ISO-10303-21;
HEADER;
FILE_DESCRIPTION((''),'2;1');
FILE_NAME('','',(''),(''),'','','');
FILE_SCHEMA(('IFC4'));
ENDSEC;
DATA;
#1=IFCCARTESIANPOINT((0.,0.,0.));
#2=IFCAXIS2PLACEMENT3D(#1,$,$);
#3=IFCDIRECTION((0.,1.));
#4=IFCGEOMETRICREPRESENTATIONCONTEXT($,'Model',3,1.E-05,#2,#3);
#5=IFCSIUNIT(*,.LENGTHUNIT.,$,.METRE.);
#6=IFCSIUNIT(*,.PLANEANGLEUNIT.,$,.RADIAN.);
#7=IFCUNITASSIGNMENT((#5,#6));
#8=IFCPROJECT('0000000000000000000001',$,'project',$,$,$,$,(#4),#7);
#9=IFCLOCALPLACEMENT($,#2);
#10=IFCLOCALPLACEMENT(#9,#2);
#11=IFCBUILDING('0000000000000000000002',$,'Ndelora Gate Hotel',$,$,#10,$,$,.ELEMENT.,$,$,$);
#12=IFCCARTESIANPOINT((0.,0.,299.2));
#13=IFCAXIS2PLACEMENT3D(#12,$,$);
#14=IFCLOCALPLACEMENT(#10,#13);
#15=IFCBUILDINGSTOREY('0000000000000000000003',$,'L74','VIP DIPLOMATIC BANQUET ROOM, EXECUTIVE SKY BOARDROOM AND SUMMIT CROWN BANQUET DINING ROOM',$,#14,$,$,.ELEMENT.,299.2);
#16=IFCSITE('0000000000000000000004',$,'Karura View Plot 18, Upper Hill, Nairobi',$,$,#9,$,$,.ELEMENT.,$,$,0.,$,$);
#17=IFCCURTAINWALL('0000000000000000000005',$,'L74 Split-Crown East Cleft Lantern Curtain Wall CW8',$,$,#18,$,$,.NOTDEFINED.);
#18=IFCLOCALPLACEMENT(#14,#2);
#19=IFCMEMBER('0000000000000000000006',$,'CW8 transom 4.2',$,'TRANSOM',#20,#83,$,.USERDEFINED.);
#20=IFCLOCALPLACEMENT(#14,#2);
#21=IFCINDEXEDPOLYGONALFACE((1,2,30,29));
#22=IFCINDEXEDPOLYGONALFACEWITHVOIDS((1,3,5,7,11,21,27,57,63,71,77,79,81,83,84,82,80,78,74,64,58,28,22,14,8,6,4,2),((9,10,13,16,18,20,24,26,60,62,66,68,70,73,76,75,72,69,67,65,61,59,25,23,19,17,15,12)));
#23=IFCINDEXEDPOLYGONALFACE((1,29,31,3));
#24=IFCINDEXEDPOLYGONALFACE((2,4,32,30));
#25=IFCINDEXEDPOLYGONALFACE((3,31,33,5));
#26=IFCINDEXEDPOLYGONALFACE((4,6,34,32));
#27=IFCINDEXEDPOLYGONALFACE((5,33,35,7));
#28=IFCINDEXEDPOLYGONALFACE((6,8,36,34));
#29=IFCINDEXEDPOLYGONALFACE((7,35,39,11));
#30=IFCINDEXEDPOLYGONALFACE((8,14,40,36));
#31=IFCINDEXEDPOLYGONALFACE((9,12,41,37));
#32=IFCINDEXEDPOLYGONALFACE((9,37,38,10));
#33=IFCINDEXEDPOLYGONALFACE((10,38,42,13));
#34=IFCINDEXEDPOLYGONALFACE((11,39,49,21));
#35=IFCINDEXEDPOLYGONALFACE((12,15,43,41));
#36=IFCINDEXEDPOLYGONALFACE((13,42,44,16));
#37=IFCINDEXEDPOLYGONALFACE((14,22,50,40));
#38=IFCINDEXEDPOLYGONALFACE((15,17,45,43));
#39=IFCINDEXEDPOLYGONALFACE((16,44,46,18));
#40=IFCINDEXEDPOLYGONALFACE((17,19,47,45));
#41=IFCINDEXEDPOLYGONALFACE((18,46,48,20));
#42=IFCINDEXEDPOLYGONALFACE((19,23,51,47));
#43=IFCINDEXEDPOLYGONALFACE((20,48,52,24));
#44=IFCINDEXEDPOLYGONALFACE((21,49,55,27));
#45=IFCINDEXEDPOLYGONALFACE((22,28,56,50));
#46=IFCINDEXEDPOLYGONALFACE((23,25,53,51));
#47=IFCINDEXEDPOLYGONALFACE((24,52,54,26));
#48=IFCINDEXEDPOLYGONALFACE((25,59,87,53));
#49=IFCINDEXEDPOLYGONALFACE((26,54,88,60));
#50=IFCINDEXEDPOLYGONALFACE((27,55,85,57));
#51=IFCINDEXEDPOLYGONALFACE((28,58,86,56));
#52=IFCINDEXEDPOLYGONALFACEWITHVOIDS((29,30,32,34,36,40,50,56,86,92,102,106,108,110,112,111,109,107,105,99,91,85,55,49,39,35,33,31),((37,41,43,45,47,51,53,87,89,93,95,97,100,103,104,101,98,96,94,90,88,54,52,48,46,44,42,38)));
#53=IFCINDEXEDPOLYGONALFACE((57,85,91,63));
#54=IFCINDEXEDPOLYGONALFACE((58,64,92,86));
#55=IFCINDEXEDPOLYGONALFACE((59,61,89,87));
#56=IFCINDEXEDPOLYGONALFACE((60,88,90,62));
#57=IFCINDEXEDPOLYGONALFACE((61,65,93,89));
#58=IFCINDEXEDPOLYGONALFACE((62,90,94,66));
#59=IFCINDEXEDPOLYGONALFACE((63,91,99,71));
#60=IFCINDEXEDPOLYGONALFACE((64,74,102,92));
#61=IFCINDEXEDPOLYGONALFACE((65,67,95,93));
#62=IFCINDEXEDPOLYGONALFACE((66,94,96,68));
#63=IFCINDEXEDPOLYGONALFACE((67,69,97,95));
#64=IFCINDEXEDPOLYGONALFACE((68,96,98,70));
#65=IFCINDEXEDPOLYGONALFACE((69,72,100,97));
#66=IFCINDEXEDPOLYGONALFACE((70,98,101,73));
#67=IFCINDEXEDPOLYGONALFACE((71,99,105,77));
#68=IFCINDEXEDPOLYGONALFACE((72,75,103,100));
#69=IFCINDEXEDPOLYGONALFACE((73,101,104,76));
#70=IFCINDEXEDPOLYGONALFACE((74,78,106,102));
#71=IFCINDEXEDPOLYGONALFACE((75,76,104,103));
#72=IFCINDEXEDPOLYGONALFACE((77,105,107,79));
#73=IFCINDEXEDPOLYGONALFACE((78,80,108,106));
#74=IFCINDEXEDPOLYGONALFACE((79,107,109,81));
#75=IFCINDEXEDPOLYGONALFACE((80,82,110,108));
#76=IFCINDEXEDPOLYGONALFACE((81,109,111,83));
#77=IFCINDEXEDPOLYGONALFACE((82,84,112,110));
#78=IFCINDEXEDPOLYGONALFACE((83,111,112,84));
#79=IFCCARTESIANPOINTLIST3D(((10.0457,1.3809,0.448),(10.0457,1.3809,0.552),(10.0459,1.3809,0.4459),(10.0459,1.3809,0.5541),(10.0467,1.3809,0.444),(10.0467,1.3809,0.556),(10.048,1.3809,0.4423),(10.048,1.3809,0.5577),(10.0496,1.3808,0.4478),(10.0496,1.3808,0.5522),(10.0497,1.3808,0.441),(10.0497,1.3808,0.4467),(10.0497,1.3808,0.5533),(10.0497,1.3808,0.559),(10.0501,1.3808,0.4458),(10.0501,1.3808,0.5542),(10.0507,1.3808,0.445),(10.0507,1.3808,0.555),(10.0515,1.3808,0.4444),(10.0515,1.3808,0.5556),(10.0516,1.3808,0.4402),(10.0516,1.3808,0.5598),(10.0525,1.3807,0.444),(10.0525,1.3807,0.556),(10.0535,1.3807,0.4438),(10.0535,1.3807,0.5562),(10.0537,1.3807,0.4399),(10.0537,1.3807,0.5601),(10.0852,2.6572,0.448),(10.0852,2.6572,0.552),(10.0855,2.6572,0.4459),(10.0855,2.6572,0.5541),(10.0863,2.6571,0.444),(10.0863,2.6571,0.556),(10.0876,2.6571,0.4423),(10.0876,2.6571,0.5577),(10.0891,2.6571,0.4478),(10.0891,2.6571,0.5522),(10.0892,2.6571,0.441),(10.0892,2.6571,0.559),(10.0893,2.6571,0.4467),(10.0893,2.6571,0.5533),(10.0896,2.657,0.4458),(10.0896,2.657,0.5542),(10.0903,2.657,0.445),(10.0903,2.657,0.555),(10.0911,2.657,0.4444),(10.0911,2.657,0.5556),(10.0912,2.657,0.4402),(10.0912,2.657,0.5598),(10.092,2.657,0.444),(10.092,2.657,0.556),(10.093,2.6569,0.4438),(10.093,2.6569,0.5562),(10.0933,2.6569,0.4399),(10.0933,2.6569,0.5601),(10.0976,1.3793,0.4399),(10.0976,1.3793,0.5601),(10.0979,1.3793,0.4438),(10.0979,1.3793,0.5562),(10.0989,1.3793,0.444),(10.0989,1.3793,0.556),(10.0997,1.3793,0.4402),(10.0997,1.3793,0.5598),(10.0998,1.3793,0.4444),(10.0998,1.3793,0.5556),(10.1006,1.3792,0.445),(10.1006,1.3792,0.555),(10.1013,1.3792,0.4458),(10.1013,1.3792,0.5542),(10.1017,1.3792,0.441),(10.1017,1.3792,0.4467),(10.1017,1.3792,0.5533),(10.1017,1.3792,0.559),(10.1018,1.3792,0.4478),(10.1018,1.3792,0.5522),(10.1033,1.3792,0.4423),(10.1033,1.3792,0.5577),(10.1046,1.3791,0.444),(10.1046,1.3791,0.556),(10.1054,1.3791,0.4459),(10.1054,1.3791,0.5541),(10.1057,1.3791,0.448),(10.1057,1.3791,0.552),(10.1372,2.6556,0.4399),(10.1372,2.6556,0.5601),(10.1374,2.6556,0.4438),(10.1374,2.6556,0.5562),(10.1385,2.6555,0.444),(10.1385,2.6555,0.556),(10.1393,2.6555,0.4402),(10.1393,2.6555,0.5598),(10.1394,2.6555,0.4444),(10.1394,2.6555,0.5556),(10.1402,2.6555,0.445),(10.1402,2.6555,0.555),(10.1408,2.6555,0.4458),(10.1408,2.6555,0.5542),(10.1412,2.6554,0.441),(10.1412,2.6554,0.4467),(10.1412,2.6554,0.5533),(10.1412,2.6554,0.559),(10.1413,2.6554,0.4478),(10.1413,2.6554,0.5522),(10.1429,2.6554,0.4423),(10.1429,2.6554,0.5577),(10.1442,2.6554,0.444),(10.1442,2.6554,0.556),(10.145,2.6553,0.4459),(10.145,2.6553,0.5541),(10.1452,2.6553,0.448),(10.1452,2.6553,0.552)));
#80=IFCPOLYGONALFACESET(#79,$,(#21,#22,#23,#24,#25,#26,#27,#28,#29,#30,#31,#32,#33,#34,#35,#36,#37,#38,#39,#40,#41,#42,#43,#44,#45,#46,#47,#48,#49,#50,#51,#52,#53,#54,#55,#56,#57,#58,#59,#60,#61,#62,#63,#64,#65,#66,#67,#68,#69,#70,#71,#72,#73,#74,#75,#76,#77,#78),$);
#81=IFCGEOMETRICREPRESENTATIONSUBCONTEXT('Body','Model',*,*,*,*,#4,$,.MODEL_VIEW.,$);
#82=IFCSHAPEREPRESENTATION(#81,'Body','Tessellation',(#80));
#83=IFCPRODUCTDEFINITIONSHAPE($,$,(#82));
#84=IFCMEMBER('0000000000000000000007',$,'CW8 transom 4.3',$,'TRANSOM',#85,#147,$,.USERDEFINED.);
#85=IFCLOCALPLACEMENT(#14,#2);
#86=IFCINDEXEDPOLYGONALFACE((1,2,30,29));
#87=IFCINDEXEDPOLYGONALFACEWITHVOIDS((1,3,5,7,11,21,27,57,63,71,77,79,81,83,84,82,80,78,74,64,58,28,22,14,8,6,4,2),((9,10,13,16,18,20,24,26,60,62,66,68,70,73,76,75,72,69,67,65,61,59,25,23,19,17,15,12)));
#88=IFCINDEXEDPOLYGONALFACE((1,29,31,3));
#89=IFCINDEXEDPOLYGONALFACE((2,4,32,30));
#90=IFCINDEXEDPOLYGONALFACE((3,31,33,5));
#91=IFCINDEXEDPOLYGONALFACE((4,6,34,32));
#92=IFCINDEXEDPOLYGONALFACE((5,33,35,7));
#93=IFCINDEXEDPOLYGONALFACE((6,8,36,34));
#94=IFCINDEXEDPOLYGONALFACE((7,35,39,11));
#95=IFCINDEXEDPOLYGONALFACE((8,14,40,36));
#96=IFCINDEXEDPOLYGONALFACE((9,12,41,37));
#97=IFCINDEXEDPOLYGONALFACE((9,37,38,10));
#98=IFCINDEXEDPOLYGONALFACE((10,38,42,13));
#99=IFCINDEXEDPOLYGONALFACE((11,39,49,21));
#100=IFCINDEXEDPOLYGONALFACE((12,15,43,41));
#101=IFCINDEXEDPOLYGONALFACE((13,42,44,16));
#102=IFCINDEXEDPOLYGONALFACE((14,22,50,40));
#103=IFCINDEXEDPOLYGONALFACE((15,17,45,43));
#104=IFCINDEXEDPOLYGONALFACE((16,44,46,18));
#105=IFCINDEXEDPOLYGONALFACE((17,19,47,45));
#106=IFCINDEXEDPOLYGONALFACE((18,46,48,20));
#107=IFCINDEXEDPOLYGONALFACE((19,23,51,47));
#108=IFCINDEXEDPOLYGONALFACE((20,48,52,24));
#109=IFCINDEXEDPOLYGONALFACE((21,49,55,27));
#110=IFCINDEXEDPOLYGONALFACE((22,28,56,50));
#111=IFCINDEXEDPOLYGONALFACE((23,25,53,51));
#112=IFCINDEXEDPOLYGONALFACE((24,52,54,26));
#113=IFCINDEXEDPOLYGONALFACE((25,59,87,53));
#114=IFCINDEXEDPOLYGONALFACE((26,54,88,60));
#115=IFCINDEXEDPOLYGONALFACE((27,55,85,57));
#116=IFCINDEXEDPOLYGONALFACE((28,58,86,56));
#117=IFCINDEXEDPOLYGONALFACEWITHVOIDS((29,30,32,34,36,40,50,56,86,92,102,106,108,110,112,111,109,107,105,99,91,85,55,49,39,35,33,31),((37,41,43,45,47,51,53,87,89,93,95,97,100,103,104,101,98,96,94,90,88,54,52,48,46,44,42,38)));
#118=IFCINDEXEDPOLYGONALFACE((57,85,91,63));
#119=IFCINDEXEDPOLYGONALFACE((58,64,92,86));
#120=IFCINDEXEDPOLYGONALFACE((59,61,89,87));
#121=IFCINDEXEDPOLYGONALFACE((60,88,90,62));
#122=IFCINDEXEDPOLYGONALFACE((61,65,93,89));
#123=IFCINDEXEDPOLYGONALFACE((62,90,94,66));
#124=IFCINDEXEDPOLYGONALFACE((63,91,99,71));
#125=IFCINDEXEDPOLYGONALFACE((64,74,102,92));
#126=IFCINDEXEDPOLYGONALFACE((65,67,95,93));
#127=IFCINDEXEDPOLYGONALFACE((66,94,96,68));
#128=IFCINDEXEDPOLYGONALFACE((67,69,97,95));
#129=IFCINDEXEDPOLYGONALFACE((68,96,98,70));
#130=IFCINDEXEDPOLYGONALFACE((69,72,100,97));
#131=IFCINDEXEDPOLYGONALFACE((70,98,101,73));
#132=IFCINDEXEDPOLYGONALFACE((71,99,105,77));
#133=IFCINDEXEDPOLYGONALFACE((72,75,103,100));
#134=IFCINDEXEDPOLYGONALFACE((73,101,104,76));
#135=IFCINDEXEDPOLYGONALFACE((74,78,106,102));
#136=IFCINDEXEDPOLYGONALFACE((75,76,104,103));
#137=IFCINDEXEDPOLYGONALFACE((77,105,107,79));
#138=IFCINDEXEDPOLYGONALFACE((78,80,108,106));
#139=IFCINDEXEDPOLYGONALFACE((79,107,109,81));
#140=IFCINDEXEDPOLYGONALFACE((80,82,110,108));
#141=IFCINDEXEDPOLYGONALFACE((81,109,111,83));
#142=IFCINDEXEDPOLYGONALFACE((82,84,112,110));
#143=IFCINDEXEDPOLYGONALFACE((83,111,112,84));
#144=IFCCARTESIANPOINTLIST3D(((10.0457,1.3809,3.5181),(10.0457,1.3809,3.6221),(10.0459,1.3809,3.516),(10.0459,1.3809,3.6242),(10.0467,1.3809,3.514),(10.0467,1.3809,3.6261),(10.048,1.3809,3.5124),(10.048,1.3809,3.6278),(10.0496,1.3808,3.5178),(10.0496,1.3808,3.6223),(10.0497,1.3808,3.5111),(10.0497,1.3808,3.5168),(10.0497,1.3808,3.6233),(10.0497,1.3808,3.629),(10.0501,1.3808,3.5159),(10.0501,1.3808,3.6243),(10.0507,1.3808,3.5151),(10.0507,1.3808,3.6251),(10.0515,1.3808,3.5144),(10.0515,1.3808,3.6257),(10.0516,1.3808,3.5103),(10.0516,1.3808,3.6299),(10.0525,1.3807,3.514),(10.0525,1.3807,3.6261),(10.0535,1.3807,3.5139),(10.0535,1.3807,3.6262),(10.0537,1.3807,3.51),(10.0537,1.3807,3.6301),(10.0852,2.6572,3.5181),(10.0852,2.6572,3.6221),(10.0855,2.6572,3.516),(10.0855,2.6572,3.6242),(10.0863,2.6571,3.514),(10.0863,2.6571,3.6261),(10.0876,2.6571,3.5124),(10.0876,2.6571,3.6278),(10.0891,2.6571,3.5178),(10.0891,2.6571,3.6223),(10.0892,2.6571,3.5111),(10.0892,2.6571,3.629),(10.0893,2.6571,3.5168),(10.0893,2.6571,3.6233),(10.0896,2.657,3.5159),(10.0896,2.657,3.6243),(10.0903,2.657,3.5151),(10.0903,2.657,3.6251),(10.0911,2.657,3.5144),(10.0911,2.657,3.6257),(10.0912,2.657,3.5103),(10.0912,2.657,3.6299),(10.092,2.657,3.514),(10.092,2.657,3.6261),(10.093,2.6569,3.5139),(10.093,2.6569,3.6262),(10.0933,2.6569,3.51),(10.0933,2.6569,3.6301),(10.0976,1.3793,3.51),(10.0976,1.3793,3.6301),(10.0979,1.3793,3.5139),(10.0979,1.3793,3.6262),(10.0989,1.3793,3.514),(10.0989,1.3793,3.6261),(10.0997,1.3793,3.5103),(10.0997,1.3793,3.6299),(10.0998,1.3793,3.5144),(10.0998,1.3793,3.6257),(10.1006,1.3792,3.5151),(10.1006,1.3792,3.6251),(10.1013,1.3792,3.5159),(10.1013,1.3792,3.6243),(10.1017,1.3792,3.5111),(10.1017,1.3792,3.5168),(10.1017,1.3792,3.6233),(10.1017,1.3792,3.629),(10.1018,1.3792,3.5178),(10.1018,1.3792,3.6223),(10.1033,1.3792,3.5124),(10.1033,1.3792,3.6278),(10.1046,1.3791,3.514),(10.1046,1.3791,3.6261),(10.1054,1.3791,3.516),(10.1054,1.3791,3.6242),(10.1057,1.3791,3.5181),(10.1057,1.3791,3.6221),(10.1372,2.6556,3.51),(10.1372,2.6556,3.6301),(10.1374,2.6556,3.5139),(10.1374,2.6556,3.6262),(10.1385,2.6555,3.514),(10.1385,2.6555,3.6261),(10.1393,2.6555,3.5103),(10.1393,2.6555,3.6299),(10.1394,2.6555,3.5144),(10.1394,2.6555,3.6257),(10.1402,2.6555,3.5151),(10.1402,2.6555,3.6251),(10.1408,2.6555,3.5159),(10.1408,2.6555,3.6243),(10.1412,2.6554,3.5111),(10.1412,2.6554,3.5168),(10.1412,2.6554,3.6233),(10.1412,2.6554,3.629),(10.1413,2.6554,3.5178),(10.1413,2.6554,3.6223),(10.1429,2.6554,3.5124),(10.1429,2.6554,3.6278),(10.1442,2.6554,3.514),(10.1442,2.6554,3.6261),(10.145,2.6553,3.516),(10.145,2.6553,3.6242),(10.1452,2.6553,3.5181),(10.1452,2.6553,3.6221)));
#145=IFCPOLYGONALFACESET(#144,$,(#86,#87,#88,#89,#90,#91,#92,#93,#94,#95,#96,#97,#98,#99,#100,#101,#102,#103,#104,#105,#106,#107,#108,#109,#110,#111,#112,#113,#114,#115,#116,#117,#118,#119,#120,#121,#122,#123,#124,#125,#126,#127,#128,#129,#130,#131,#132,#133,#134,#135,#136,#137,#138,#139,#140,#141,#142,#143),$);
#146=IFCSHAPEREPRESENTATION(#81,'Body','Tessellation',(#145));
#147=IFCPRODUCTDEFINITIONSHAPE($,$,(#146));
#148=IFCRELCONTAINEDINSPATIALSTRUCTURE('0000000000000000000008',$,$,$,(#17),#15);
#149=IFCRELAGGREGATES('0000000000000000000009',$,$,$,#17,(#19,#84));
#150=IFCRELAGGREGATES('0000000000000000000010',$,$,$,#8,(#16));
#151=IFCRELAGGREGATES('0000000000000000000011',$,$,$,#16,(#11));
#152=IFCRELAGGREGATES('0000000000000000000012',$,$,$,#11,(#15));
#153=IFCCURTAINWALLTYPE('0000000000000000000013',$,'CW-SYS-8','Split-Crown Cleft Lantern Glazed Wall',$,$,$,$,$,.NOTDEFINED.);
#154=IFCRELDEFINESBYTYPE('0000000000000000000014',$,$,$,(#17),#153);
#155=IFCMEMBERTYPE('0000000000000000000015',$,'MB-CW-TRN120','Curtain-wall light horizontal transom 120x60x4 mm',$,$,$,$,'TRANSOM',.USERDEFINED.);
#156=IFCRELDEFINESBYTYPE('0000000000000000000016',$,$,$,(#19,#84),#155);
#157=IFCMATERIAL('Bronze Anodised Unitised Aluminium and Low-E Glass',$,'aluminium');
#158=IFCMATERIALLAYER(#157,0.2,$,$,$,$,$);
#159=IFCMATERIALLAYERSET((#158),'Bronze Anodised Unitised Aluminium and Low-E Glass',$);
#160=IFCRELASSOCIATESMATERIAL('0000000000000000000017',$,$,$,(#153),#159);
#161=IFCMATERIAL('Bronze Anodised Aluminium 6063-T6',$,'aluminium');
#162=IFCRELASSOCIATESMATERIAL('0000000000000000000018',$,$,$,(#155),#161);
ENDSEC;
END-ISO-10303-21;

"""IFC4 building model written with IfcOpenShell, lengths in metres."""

from ifc_helpers import new_model, si_unit, direction, frame, origin, origin_2d, place, context, subcontext, project, spatial, hollow_rectangle, extrude, material, layer, layer_set, material_profile, profile_set, type_object, element, aggregate, save


model = new_model("IFC4")

# Units and contexts
model_context = context("Model", 3, precision=1e-05, world=origin(), true_north=direction((0.0, 1.0)))
body_context = subcontext(model_context, "Body", "Model", "MODEL_VIEW")
ifc_project = project(units=[si_unit("LENGTHUNIT", "METRE"), si_unit("PLANEANGLEUNIT", "RADIAN")], contexts=[model_context])

# Site, building, storey
site_placement = place(None, origin())
site = spatial("IfcSite", under=ifc_project, at=site_placement, Name="Karura View Plot 18, Upper Hill, Nairobi", CompositionType="ELEMENT", RefElevation=0.0)
building_placement = place(site_placement, origin())
building = spatial("IfcBuilding", under=site, at=building_placement, Name="Ndelora Gate Hotel", CompositionType="ELEMENT")
storey_placement = place(building_placement, frame((0.0, 0.0, 299.2)))
storey = spatial("IfcBuildingStorey", under=building, at=storey_placement, Name="L74", Description="VIP DIPLOMATIC BANQUET ROOM, EXECUTIVE SKY BOARDROOM AND SUMMIT CROWN BANQUET DINING ROOM", CompositionType="ELEMENT", Elevation=299.2)

# Curtain wall, members
ifc_material_1 = material(Name="Bronze Anodised Unitised Aluminium and Low-E Glass", Category="aluminium")
ifc_layer_1 = layer(ifc_material_1, 0.2)
ifc_layer_set_1 = layer_set([ifc_layer_1], Name="Bronze Anodised Unitised Aluminium and Low-E Glass")
curtain_wall_type = type_object("IfcCurtainWallType", Name="CW-SYS-8", Description="Split-Crown Cleft Lantern Glazed Wall", PredefinedType="NOTDEFINED", material=ifc_layer_set_1)
curtain_wall_placement = place(storey_placement, origin())
curtain_wall = element("IfcCurtainWall", 1, at=curtain_wall_placement, inside=storey, type_object=curtain_wall_type, Name="L74 Split-Crown East Cleft Lantern Curtain Wall CW8", PredefinedType="NOTDEFINED")
ifc_material_2 = material(Name="Bronze Anodised Aluminium 6063-T6", Category="aluminium")
ifc_material_profile_1 = material_profile(ifc_material_2, hollow_rectangle(XDim=0.0601, YDim=0.1201, WallThickness=0.0039, InnerFilletRadius=0.0039, OuterFilletRadius=0.0081, at=origin_2d()), Name="ALU 120x60x4")
ifc_profile_set_1 = profile_set([ifc_material_profile_1], Name="Bronze Anodised Aluminium 6063-T6")
member_type_1 = type_object("IfcMemberType", Name="MB-CW-TRN120", Description="Curtain-wall light horizontal transom 120x60x4 mm", ElementType="TRANSOM", PredefinedType="USERDEFINED", material=ifc_profile_set_1)
member_1_placement = place(storey_placement, frame((10.1152, 2.6562, 0.5), z_axis=(-0.030978, -0.99952, 0.0), x_axis=(0.99952, -0.030978, 0.0)))
member_1 = element("IfcMember", 2, at=member_1_placement, type_object=member_type_1, Name="CW8 transom 4.2", ObjectType="TRANSOM", PredefinedType="USERDEFINED", context=body_context, shape_type="SweptSolid", body=[
    extrude(hollow_rectangle(XDim=0.0601, YDim=0.1201, WallThickness=0.0039, InnerFilletRadius=0.0039, OuterFilletRadius=0.0081, at=origin_2d()), origin(), (0.0, 0.0, 1.0), 1.2769),
])
member_2_placement = place(storey_placement, frame((10.1152, 2.6562, 3.5701), z_axis=(-0.030978, -0.99952, 0.0), x_axis=(0.99952, -0.030978, 0.0)))
member_2 = element("IfcMember", 3, at=member_2_placement, type_object=member_type_1, Name="CW8 transom 4.3", ObjectType="TRANSOM", PredefinedType="USERDEFINED", context=body_context, shape_type="SweptSolid", body=[
    extrude(hollow_rectangle(XDim=0.0601, YDim=0.1201, WallThickness=0.0039, InnerFilletRadius=0.0039, OuterFilletRadius=0.0081, at=origin_2d()), origin(), (0.0, 0.0, 1.0), 1.2769),
])
aggregate(curtain_wall, [member_1, member_2])

save(model, "model.ifc")
